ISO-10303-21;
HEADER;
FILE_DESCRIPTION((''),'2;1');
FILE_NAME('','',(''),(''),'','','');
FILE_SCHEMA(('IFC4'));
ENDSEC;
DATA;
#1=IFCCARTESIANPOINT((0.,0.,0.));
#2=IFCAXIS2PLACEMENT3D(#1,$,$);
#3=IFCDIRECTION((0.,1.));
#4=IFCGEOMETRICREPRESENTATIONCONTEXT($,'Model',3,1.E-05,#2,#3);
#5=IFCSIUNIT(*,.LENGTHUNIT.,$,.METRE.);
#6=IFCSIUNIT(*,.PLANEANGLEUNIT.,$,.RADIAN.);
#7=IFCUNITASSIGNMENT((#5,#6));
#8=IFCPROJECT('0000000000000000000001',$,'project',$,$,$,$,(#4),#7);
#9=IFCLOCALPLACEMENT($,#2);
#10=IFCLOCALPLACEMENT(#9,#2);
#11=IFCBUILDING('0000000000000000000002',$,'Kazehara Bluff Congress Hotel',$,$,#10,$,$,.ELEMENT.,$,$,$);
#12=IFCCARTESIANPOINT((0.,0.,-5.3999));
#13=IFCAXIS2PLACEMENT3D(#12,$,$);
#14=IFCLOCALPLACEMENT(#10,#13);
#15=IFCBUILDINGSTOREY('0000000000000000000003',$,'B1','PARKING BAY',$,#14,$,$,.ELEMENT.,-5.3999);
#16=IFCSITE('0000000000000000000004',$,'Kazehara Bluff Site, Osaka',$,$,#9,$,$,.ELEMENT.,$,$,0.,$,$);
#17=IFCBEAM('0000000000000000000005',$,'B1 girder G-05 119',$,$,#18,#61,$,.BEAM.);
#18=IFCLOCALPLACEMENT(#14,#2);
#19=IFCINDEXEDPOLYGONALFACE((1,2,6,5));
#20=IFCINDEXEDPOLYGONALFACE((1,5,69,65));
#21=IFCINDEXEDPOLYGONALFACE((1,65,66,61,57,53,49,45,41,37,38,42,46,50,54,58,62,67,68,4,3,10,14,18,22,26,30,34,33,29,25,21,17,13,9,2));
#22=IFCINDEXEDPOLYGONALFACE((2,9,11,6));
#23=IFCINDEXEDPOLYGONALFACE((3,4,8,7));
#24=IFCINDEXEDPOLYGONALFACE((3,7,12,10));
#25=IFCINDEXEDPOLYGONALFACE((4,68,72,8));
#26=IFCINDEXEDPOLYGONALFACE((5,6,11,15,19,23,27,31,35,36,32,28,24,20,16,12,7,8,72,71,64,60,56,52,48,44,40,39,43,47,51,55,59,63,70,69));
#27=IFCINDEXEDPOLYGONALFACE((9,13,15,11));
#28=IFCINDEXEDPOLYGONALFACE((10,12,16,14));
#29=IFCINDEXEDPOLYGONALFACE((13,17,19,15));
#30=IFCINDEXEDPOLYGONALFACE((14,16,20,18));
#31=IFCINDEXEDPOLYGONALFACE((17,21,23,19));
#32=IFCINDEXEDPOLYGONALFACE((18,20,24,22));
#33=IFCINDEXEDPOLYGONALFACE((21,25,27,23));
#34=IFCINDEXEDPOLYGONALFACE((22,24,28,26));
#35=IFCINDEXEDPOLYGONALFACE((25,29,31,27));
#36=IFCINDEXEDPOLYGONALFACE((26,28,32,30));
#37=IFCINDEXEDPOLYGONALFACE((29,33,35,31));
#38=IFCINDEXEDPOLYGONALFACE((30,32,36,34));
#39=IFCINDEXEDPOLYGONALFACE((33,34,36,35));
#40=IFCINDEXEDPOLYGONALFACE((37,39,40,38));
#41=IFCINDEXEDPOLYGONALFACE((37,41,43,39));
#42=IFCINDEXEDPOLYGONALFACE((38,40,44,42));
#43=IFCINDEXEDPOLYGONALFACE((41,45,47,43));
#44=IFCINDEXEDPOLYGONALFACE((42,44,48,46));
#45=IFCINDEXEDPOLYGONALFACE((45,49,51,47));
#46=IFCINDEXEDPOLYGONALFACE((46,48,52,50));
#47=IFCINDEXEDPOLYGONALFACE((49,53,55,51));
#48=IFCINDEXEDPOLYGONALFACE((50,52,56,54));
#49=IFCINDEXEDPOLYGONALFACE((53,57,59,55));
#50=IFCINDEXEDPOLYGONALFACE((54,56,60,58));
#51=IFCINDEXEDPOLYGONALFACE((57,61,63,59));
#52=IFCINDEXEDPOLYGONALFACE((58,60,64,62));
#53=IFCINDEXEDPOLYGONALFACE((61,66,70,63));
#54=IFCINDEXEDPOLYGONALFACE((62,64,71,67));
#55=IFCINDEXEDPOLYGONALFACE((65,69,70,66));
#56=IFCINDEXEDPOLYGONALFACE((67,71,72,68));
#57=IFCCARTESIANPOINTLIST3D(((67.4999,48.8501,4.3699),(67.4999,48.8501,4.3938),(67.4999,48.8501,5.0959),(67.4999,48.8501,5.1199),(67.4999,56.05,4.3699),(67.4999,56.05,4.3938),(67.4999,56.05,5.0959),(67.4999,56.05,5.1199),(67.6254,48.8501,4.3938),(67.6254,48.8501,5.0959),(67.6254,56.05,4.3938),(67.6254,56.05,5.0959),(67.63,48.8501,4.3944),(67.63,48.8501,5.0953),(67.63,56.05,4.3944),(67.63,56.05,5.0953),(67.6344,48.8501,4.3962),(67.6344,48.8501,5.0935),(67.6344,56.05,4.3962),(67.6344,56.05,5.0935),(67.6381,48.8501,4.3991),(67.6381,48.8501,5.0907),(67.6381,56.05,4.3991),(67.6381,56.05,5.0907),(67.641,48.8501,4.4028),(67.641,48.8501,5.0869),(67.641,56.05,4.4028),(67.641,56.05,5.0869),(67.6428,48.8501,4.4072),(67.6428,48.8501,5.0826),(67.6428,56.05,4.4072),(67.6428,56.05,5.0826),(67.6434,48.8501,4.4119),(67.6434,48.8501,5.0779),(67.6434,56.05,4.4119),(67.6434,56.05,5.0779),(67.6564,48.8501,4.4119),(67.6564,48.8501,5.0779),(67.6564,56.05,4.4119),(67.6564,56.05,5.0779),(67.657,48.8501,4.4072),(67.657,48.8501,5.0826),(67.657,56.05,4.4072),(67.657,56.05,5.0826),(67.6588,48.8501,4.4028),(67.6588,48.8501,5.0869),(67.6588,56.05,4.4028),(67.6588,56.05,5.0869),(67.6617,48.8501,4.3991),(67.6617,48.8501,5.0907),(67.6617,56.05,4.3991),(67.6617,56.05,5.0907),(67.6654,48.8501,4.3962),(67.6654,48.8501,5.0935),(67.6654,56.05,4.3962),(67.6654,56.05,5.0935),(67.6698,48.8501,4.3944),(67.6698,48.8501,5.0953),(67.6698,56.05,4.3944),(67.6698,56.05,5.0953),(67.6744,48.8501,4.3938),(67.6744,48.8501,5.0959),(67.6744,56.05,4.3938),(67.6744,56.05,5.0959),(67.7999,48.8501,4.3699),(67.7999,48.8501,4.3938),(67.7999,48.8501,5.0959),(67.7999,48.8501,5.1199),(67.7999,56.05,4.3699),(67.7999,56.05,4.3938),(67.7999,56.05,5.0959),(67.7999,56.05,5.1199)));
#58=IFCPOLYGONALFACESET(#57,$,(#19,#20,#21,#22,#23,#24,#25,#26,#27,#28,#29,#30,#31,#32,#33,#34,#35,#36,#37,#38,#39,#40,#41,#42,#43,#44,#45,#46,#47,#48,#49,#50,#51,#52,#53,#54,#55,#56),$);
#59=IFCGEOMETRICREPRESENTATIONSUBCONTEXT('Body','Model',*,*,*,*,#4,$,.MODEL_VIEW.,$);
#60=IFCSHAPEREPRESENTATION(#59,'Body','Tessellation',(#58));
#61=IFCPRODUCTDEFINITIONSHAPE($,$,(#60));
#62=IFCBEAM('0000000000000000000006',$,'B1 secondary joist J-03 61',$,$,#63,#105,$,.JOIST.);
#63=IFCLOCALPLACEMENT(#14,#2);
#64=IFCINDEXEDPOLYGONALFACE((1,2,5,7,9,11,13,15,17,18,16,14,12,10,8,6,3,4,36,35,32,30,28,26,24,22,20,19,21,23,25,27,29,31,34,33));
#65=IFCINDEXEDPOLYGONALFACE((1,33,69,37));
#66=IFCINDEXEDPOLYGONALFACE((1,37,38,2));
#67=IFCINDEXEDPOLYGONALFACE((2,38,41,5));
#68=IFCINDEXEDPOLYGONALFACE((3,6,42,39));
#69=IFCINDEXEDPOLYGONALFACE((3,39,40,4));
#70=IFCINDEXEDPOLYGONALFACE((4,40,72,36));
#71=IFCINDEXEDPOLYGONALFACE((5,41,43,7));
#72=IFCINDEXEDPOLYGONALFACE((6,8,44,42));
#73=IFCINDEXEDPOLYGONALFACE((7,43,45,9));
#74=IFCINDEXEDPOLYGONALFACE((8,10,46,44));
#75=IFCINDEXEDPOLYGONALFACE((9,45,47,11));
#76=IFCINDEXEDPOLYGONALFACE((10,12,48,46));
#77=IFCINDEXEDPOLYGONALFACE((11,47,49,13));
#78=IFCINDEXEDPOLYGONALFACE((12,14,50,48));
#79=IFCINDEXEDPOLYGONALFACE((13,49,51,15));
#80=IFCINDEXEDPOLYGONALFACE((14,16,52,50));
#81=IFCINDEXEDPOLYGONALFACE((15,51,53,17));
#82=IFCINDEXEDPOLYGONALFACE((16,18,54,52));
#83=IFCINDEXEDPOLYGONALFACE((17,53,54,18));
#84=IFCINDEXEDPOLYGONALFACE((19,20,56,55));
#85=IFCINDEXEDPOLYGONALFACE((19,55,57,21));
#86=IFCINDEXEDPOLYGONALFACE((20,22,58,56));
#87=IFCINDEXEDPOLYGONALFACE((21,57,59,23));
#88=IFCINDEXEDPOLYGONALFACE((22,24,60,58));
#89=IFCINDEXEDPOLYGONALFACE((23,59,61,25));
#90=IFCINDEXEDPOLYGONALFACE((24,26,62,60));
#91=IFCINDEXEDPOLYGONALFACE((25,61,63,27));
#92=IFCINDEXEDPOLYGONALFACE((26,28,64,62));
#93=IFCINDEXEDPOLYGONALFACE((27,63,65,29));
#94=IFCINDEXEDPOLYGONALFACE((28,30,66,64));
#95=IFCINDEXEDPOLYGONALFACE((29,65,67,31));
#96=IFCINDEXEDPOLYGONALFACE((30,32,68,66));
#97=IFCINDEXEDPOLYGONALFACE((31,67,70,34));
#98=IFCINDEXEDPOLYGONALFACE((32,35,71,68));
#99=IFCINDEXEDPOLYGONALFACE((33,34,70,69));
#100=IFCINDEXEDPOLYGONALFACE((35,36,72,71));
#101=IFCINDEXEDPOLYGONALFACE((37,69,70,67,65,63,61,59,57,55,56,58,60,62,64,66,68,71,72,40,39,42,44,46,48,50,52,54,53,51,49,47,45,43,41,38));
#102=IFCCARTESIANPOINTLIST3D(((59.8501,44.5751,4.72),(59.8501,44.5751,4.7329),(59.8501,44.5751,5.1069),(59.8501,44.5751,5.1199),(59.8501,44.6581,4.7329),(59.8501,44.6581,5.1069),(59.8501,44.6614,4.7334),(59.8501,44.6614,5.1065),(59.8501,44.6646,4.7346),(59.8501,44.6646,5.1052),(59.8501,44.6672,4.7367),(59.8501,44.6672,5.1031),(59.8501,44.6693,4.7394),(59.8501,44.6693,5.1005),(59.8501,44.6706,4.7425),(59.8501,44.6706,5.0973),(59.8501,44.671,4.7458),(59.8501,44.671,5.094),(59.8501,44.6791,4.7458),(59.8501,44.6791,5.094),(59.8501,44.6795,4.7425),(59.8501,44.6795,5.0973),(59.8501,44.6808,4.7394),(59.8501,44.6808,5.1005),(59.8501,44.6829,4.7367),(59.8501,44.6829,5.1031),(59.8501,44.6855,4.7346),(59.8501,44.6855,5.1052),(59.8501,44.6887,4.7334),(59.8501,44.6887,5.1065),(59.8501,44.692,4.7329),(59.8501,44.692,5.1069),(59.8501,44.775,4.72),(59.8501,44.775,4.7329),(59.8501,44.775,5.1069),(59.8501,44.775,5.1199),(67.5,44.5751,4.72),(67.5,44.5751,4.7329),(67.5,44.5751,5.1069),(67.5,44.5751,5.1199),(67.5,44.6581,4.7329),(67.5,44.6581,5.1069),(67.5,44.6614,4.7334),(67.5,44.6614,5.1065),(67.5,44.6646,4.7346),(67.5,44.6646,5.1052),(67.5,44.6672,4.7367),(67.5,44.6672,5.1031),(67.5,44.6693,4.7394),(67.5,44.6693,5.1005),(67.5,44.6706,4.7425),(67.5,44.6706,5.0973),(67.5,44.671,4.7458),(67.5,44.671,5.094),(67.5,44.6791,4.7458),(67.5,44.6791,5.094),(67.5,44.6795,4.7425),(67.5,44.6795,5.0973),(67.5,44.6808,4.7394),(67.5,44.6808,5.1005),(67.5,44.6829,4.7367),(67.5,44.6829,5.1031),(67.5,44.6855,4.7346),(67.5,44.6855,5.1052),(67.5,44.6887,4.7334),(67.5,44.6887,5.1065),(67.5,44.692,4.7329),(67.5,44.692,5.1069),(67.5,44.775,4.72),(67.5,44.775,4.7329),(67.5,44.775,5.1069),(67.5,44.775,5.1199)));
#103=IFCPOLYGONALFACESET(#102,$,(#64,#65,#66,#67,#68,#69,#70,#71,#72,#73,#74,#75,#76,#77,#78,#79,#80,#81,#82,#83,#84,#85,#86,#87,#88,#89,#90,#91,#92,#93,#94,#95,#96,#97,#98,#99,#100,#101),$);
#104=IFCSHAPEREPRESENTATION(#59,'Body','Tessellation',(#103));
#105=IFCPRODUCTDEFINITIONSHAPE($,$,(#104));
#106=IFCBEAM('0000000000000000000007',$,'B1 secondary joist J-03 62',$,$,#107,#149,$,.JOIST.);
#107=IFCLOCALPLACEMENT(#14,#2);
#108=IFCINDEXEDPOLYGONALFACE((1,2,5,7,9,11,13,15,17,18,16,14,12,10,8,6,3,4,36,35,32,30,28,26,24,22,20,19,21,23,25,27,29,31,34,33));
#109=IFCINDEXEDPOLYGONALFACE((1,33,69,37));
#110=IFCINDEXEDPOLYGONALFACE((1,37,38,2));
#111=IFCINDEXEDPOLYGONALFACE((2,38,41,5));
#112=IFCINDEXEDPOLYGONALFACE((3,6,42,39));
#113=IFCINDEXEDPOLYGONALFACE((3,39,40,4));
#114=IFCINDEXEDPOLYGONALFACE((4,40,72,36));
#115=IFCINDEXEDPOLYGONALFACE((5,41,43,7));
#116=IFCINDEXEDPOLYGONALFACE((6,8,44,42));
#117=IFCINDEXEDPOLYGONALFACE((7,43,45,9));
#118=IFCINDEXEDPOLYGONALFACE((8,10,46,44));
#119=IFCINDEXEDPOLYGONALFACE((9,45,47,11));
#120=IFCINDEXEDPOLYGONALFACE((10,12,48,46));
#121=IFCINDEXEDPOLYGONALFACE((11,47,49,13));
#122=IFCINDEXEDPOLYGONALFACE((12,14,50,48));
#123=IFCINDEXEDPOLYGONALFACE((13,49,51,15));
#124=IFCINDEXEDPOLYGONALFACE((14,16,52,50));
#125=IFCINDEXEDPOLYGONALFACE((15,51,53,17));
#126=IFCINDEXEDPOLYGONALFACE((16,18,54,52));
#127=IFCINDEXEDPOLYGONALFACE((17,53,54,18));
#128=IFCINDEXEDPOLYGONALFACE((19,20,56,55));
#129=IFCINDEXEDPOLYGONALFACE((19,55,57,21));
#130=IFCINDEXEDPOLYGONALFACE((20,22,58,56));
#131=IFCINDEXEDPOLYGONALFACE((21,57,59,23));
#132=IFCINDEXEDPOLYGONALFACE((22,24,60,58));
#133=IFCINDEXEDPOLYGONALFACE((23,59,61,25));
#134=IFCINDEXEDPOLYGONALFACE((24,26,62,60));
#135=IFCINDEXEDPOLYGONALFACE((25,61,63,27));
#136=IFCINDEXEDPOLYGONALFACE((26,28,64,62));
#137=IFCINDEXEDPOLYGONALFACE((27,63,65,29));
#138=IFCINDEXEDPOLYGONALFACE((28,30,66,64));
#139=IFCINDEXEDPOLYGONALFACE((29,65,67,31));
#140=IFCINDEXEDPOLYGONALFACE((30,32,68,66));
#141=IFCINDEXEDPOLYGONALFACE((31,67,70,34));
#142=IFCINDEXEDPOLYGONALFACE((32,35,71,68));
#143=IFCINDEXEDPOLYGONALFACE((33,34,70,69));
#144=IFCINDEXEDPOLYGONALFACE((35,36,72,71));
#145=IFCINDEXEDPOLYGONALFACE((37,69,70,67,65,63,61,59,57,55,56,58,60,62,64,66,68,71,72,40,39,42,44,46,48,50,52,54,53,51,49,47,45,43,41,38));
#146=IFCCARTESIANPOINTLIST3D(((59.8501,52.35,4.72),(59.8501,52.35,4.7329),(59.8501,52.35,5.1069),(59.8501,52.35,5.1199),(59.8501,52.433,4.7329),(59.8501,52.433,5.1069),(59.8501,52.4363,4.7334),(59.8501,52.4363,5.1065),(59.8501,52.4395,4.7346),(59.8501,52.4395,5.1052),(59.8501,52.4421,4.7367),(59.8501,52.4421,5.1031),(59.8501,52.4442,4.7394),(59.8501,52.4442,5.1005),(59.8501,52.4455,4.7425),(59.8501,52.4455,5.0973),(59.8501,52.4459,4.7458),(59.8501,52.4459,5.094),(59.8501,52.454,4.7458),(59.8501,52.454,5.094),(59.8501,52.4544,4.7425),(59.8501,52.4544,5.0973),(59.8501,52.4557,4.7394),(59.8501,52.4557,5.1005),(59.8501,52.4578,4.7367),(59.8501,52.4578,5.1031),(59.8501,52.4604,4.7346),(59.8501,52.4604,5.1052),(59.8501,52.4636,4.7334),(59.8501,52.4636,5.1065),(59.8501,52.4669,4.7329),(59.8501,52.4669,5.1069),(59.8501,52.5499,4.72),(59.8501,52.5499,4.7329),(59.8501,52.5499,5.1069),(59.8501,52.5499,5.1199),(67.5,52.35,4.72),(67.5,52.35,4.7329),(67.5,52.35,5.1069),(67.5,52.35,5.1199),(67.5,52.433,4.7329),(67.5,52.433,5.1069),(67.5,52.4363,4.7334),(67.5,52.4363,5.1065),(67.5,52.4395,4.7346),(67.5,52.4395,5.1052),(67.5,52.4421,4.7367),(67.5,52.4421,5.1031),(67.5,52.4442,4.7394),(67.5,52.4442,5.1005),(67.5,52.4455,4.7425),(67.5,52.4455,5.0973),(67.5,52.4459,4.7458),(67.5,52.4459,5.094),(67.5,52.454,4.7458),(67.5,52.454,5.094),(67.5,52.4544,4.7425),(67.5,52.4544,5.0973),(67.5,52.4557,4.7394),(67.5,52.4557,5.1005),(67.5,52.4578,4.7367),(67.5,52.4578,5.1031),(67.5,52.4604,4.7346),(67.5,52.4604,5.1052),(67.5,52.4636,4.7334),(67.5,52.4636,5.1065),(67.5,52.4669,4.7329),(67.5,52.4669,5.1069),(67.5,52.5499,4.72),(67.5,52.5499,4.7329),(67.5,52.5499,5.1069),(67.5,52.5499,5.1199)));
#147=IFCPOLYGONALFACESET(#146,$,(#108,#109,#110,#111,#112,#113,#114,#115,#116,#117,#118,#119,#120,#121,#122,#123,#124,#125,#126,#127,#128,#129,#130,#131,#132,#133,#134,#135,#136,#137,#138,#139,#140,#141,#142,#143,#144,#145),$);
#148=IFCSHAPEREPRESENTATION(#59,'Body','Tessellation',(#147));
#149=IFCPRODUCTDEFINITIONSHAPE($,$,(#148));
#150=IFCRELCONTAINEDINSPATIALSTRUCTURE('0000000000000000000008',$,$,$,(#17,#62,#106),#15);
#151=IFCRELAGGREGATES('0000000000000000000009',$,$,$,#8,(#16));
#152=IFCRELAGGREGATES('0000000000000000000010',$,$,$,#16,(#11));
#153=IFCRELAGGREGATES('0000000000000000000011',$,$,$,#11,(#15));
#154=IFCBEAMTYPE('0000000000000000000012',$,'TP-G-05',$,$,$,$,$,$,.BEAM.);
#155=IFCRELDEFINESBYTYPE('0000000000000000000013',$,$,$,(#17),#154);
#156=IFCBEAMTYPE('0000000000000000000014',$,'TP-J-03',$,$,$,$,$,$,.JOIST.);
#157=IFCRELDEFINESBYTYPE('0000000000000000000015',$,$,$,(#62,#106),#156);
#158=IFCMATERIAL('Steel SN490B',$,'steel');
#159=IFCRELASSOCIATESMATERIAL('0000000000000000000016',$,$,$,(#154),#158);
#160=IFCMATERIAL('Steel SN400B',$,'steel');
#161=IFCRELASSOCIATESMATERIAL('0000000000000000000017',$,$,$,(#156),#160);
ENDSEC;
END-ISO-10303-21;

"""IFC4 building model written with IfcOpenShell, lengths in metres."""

from ifc_helpers import new_model, si_unit, direction, frame, origin, origin_2d, place, context, subcontext, project, spatial, i_section, extrude, material, material_profile, profile_set, type_object, element, save


model = new_model("IFC4")

# Units and contexts
model_context = context("Model", 3, precision=1e-05, world=origin(), true_north=direction((0.0, 1.0)))
body_context = subcontext(model_context, "Body", "Model", "MODEL_VIEW")
ifc_project = project(units=[si_unit("LENGTHUNIT", "METRE"), si_unit("PLANEANGLEUNIT", "RADIAN")], contexts=[model_context])

# Site, building, storey
site_placement = place(None, origin())
site = spatial("IfcSite", under=ifc_project, at=site_placement, Name="Kazehara Bluff Site, Osaka", CompositionType="ELEMENT", RefElevation=0.0)
building_placement = place(site_placement, origin())
building = spatial("IfcBuilding", under=site, at=building_placement, Name="Kazehara Bluff Congress Hotel", CompositionType="ELEMENT")
storey_placement = place(building_placement, frame((0.0, 0.0, -5.3999)))
storey = spatial("IfcBuildingStorey", under=building, at=storey_placement, Name="B1", Description="PARKING BAY", CompositionType="ELEMENT", Elevation=-5.3999)

# Beams
ifc_material_1 = material(Name="Steel SN490B", Category="steel")
ifc_material_profile_1 = material_profile(ifc_material_1, i_section(OverallWidth=0.3, OverallDepth=0.75, WebThickness=0.0129, FlangeThickness=0.0239, FilletRadius=0.0181, at=origin_2d()))
ifc_profile_set_1 = profile_set([ifc_material_profile_1], Name="Steel SN490B")
beam_type_1 = type_object("IfcBeamType", Name="TP-G-05", PredefinedType="BEAM", material=ifc_profile_set_1)
beam_1_placement = place(storey_placement, frame((67.6499, 48.8501, 4.7449), z_axis=(0.0, 1.0, 0.0), x_axis=(-1.0, 0.0, 0.0)))
element("IfcBeam", 1, at=beam_1_placement, inside=storey, type_object=beam_type_1, Name="B1 girder G-05 119", PredefinedType="BEAM", context=body_context, shape_type="SweptSolid", body=[
    extrude(i_section(OverallWidth=0.3, OverallDepth=0.75, WebThickness=0.0129, FlangeThickness=0.0239, FilletRadius=0.0181, at=origin_2d()), origin(), (0.0, 0.0, 1.0), 7.2),
])
ifc_material_2 = material(Name="Steel SN400B", Category="steel")
ifc_material_profile_2 = material_profile(ifc_material_2, i_section(OverallWidth=0.2, OverallDepth=0.3999, WebThickness=0.0081, FlangeThickness=0.0129, FilletRadius=0.0129, at=origin_2d()))
ifc_profile_set_2 = profile_set([ifc_material_profile_2], Name="Steel SN400B")
beam_type_2 = type_object("IfcBeamType", Name="TP-J-03", PredefinedType="JOIST", material=ifc_profile_set_2)
for number, where, z_axis, x_axis, name in (
    (2, (59.8501, 44.675, 4.9199), (1.0, 0.0, 0.0), (0.0, 1.0, 0.0), "B1 secondary joist J-03 61"),
    (3, (59.8501, 52.45, 4.9199), (1.0, 0.0, 0.0), (0.0, 1.0, 0.0), "B1 secondary joist J-03 62"),
):
    element("IfcBeam", number, at=place(storey_placement, frame(where, z_axis=z_axis, x_axis=x_axis)), inside=storey, type_object=beam_type_2, Name=name, PredefinedType="JOIST", context=body_context, shape_type="SweptSolid", body=[
        extrude(i_section(OverallWidth=0.2, OverallDepth=0.3999, WebThickness=0.0081, FlangeThickness=0.0129, FilletRadius=0.0129, at=origin_2d()), origin(), (0.0, 0.0, 1.0), 7.6499),
    ])

save(model, "model.ifc")
